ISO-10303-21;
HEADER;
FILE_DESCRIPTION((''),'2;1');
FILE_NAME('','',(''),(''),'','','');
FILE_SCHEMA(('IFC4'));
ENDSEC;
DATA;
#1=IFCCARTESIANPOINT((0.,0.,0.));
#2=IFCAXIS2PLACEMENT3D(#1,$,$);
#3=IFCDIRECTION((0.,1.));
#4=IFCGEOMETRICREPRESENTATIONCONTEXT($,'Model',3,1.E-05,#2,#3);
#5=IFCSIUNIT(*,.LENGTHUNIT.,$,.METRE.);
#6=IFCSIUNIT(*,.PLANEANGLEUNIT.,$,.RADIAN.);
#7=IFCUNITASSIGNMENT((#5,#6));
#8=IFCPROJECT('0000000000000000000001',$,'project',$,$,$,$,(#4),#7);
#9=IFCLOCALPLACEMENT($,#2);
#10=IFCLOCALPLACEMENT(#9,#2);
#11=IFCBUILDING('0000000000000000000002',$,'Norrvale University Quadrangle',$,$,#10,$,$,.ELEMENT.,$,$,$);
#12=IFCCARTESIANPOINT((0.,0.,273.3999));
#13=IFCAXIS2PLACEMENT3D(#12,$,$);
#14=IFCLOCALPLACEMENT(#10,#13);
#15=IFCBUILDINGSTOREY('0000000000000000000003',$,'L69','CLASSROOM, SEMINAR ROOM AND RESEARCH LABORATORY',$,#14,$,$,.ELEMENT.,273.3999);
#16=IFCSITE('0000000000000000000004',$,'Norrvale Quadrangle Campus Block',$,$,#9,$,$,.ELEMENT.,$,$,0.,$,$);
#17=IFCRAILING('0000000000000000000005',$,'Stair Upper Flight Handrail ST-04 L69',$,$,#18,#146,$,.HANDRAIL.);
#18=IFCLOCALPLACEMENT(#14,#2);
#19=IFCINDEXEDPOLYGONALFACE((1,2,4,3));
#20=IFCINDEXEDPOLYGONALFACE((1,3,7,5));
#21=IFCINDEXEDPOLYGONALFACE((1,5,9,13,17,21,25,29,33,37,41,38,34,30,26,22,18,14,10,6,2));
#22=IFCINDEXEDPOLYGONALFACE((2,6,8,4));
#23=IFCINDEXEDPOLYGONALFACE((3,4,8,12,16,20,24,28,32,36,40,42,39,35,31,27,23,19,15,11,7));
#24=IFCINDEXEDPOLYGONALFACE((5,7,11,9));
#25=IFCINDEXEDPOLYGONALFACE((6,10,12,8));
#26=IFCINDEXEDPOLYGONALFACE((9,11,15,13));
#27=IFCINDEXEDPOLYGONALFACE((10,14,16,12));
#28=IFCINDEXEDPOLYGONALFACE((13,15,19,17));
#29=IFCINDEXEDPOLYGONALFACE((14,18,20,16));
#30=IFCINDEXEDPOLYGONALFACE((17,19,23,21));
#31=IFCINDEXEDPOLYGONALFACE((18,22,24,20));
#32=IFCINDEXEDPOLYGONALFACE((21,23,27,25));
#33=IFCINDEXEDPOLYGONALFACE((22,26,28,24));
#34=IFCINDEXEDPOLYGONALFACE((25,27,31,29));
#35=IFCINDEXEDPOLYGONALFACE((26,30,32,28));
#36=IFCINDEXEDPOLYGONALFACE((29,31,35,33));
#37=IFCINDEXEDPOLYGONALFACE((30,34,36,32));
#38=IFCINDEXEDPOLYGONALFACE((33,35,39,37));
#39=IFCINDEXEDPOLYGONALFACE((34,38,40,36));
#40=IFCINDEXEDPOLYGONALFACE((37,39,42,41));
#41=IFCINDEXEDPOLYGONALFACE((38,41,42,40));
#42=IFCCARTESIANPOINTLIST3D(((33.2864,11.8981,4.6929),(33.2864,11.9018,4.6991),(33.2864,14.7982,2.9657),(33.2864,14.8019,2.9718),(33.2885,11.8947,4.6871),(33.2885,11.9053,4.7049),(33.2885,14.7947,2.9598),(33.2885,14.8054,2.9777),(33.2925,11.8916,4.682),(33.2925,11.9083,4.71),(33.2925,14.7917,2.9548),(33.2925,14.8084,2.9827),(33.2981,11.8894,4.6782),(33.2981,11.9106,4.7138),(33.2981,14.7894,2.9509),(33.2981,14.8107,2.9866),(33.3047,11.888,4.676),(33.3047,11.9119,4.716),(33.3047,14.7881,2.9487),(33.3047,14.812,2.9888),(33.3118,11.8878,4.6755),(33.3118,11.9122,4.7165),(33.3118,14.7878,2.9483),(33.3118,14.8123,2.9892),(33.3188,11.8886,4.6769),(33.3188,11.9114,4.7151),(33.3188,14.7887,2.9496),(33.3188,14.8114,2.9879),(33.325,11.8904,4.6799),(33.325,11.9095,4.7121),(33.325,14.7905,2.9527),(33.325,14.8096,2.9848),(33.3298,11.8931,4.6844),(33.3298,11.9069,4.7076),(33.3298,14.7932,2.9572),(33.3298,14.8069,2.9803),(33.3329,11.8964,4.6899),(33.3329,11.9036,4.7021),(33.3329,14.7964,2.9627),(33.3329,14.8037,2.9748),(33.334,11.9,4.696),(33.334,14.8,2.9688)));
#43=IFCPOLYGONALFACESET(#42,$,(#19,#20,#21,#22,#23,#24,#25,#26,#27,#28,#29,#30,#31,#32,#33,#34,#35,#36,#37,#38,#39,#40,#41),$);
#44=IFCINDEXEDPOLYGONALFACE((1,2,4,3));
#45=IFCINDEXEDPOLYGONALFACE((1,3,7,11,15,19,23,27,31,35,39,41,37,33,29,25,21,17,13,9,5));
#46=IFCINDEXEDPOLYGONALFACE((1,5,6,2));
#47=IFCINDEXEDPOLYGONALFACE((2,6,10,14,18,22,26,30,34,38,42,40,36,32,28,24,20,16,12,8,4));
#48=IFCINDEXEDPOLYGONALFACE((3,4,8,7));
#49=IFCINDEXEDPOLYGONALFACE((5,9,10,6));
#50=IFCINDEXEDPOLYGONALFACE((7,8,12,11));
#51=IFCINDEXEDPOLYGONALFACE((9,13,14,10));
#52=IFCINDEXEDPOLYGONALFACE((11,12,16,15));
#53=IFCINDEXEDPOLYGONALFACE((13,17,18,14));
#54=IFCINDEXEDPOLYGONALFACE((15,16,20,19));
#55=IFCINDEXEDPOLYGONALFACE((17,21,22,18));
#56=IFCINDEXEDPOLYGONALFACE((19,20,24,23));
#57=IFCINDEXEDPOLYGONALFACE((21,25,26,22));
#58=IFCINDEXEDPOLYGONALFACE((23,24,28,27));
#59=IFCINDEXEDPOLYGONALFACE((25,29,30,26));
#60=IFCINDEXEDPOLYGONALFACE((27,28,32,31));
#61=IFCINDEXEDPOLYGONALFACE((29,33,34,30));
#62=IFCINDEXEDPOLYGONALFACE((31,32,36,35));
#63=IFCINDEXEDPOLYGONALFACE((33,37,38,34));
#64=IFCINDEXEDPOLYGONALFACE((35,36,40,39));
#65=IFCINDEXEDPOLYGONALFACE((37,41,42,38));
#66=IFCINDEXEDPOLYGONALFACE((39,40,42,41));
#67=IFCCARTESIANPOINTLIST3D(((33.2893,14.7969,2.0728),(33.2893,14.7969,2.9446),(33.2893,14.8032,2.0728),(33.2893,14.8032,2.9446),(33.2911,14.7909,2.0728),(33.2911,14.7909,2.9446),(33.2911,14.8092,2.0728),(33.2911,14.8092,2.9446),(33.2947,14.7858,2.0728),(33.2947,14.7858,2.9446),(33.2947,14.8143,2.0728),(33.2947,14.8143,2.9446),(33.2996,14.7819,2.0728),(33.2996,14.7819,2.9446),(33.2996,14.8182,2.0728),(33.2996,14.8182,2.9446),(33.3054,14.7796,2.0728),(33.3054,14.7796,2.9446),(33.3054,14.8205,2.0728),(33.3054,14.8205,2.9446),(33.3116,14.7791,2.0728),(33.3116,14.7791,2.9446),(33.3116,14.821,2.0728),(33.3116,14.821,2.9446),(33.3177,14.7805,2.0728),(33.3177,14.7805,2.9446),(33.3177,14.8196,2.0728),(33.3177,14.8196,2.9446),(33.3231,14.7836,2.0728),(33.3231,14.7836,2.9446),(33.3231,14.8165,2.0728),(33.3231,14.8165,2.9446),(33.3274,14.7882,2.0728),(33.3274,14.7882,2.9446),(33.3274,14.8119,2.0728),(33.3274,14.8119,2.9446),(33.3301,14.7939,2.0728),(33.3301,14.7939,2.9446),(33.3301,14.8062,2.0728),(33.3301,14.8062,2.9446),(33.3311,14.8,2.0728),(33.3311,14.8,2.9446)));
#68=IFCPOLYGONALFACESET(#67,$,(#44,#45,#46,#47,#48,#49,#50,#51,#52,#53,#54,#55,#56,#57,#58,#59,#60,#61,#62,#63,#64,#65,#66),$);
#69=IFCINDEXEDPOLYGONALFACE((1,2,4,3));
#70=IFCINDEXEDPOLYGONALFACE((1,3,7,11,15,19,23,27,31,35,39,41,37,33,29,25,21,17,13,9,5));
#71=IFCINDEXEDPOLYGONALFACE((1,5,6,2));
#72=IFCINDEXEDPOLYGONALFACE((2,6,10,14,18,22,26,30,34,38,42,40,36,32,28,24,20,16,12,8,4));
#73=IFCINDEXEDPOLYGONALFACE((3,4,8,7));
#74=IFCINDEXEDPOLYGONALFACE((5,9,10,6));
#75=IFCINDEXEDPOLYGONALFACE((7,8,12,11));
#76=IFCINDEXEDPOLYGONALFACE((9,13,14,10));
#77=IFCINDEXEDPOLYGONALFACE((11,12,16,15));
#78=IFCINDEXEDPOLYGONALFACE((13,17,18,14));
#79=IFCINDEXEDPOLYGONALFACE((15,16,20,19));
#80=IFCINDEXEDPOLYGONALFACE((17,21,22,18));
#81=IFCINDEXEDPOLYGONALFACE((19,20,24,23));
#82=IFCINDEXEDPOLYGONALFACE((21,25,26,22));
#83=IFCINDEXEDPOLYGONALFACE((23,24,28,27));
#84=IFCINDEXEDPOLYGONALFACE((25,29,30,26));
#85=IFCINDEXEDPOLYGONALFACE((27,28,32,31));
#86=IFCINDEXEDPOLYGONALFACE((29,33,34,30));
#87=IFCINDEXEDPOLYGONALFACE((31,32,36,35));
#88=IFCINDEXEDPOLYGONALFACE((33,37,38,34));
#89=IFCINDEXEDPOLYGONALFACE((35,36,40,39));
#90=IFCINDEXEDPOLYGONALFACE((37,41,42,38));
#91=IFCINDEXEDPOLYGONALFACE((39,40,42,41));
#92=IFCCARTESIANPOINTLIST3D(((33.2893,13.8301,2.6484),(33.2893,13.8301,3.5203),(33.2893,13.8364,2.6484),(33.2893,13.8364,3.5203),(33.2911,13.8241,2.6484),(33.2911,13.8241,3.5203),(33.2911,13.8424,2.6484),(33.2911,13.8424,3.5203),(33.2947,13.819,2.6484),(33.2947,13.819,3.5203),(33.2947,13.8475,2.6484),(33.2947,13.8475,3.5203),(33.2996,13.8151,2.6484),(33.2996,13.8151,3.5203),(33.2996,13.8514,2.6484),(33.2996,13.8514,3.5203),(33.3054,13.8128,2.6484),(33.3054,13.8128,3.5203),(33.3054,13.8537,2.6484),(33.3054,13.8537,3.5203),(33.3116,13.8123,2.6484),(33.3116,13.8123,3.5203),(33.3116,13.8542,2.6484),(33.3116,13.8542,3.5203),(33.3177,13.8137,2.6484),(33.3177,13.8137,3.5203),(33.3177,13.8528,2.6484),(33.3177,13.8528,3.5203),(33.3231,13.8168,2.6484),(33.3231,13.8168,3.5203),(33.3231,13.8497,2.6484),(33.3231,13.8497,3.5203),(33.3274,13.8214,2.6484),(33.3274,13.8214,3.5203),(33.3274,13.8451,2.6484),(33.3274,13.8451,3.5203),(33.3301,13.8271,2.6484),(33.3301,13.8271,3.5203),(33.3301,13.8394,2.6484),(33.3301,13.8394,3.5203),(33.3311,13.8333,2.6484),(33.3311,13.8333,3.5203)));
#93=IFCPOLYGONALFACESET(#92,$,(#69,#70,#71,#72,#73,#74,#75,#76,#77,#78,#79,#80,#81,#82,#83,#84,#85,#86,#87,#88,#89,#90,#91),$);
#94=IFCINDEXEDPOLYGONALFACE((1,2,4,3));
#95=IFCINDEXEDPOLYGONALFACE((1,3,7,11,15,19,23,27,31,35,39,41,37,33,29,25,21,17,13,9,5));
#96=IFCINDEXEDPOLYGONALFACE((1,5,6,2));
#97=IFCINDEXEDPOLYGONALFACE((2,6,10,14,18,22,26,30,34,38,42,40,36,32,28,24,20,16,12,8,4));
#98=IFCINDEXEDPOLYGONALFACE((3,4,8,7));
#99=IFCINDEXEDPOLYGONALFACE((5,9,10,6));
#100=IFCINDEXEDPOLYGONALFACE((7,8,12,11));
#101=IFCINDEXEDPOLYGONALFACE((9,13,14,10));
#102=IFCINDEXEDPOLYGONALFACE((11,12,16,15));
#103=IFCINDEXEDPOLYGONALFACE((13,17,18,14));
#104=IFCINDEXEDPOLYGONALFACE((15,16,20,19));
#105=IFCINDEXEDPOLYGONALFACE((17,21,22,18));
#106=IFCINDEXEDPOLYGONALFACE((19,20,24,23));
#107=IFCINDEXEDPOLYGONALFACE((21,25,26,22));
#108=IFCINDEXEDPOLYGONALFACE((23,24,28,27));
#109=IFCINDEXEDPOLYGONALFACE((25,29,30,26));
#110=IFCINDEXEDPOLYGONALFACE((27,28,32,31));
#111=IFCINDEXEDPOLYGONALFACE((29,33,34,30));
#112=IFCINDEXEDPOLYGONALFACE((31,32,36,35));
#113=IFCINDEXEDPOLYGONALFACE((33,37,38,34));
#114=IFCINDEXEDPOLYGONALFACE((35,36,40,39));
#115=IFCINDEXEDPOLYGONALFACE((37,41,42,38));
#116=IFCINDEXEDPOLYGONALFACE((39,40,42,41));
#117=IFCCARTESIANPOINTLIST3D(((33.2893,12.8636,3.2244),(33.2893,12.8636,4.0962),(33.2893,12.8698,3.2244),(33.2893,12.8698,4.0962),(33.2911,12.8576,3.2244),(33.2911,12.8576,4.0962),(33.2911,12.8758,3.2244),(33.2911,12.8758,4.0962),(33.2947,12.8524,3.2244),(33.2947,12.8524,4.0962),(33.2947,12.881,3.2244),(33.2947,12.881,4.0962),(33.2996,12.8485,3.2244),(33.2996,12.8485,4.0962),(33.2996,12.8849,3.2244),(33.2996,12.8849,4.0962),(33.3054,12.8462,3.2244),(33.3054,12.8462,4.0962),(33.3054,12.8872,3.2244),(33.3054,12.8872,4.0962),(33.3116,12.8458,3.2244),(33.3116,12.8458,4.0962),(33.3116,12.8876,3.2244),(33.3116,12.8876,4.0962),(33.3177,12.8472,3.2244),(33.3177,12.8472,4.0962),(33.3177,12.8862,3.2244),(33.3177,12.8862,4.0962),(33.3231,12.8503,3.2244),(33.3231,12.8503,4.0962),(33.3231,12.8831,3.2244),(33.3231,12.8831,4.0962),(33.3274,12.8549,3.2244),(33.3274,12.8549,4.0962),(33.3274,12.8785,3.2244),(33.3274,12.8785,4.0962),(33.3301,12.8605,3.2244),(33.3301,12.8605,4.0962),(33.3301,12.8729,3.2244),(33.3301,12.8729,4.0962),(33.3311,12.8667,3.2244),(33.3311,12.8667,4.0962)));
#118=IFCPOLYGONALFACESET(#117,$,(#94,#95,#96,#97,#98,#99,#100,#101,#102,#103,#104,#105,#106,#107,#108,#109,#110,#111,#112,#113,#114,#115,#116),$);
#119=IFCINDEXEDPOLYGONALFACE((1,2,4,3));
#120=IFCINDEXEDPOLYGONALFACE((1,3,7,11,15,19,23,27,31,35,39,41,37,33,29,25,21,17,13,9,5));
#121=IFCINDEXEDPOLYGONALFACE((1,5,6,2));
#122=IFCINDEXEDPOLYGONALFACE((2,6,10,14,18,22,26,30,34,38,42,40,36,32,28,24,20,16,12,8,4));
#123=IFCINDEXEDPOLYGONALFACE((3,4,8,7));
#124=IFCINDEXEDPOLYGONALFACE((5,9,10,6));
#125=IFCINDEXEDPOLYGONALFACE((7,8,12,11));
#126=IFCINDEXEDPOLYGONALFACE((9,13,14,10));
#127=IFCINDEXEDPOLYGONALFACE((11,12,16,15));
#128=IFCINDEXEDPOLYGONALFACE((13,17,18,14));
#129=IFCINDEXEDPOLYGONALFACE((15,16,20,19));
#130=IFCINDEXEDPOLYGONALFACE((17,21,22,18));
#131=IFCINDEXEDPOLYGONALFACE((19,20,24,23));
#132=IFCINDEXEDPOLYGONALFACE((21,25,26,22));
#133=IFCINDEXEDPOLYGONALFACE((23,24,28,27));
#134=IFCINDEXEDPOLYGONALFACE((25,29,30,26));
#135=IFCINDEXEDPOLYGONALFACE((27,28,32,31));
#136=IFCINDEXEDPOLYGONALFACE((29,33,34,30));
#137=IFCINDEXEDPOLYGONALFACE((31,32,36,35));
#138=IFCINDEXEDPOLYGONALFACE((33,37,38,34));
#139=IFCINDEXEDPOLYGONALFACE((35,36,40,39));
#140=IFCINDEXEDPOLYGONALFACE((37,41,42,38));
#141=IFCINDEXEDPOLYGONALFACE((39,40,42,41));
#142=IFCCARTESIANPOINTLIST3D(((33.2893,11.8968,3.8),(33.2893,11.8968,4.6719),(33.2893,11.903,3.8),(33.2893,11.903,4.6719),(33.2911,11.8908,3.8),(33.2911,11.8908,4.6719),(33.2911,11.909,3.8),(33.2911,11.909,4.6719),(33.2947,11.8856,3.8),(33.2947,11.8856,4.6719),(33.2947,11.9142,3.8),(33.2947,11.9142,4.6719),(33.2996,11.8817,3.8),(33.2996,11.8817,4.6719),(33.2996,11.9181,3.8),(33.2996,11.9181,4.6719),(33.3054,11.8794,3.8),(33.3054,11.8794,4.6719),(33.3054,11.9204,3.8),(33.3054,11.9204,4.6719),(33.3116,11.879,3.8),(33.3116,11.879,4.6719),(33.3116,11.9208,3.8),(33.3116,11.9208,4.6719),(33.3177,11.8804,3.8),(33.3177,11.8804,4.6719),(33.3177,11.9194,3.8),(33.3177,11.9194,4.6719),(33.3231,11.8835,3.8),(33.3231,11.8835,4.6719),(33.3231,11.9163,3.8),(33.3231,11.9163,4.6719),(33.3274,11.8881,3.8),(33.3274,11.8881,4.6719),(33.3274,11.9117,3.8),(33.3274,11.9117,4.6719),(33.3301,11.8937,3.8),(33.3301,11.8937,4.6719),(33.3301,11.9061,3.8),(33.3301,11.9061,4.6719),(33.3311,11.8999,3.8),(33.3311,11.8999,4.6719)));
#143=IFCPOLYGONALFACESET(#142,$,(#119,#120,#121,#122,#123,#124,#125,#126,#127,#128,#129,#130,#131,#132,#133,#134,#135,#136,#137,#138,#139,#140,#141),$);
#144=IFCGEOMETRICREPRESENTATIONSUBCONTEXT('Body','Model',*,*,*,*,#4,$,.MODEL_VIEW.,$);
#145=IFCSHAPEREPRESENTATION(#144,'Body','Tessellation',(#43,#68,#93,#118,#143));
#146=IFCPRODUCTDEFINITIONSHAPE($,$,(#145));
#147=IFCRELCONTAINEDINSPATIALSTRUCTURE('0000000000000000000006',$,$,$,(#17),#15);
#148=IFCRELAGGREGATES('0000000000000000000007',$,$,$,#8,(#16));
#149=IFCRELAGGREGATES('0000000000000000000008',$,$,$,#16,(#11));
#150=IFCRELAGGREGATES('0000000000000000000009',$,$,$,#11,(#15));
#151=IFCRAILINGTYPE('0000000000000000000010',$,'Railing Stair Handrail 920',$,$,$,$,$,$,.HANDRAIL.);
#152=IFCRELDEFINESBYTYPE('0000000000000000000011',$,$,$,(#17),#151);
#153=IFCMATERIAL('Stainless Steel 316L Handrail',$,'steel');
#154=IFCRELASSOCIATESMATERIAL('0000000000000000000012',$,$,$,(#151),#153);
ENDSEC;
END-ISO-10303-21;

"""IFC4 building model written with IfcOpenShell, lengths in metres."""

from ifc_helpers import new_model, si_unit, direction, frame, origin, origin_2d, place, context, subcontext, project, spatial, circle, extrude, material, type_object, element, save


model = new_model("IFC4")

# Units and contexts
model_context = context("Model", 3, precision=1e-05, world=origin(), true_north=direction((0.0, 1.0)))
body_context = subcontext(model_context, "Body", "Model", "MODEL_VIEW")
ifc_project = project(units=[si_unit("LENGTHUNIT", "METRE"), si_unit("PLANEANGLEUNIT", "RADIAN")], contexts=[model_context])

# Site, building, storey
site_placement = place(None, origin())
site = spatial("IfcSite", under=ifc_project, at=site_placement, Name="Norrvale Quadrangle Campus Block", CompositionType="ELEMENT", RefElevation=0.0)
building_placement = place(site_placement, origin())
building = spatial("IfcBuilding", under=site, at=building_placement, Name="Norrvale University Quadrangle", CompositionType="ELEMENT")
storey_placement = place(building_placement, frame((0.0, 0.0, 273.3999)))
storey = spatial("IfcBuildingStorey", under=building, at=storey_placement, Name="L69", Description="CLASSROOM, SEMINAR ROOM AND RESEARCH LABORATORY", CompositionType="ELEMENT", Elevation=273.3999)

# Railing
ifc_material_1 = material(Name="Stainless Steel 316L Handrail", Category="steel")
railing_type_1 = type_object("IfcRailingType", Name="Railing Stair Handrail 920", PredefinedType="HANDRAIL", material=ifc_material_1)
railing_1_placement = place(storey_placement, frame((33.3101, 14.8, 2.0728)))
element("IfcRailing", 1, at=railing_1_placement, inside=storey, type_object=railing_type_1, Name="Stair Upper Flight Handrail ST-04 L69", PredefinedType="HANDRAIL", context=body_context, shape_type="SweptSolid", body=[
    extrude(circle(Radius=0.0239, at=origin_2d()), frame((0.0, 0.0, 0.896), z_axis=(0.0, -0.85916, 0.511706), x_axis=(1.0, 0.0, 0.0)), (0.0, 0.0, 1.0), 3.3755),
    extrude(circle(Radius=0.021, at=origin_2d()), origin(), (0.0, 0.0, 1.0), 0.8718),
    extrude(circle(Radius=0.021, at=origin_2d()), frame((0.0, -0.9668, 0.5757)), (0.0, 0.0, 1.0), 0.8718),
    extrude(circle(Radius=0.021, at=origin_2d()), frame((0.0, -1.9333, 1.1516)), (0.0, 0.0, 1.0), 0.8718),
    extrude(circle(Radius=0.021, at=origin_2d()), frame((0.0, -2.9001, 1.7273)), (0.0, 0.0, 1.0), 0.8718),
])

save(model, "model.ifc")
